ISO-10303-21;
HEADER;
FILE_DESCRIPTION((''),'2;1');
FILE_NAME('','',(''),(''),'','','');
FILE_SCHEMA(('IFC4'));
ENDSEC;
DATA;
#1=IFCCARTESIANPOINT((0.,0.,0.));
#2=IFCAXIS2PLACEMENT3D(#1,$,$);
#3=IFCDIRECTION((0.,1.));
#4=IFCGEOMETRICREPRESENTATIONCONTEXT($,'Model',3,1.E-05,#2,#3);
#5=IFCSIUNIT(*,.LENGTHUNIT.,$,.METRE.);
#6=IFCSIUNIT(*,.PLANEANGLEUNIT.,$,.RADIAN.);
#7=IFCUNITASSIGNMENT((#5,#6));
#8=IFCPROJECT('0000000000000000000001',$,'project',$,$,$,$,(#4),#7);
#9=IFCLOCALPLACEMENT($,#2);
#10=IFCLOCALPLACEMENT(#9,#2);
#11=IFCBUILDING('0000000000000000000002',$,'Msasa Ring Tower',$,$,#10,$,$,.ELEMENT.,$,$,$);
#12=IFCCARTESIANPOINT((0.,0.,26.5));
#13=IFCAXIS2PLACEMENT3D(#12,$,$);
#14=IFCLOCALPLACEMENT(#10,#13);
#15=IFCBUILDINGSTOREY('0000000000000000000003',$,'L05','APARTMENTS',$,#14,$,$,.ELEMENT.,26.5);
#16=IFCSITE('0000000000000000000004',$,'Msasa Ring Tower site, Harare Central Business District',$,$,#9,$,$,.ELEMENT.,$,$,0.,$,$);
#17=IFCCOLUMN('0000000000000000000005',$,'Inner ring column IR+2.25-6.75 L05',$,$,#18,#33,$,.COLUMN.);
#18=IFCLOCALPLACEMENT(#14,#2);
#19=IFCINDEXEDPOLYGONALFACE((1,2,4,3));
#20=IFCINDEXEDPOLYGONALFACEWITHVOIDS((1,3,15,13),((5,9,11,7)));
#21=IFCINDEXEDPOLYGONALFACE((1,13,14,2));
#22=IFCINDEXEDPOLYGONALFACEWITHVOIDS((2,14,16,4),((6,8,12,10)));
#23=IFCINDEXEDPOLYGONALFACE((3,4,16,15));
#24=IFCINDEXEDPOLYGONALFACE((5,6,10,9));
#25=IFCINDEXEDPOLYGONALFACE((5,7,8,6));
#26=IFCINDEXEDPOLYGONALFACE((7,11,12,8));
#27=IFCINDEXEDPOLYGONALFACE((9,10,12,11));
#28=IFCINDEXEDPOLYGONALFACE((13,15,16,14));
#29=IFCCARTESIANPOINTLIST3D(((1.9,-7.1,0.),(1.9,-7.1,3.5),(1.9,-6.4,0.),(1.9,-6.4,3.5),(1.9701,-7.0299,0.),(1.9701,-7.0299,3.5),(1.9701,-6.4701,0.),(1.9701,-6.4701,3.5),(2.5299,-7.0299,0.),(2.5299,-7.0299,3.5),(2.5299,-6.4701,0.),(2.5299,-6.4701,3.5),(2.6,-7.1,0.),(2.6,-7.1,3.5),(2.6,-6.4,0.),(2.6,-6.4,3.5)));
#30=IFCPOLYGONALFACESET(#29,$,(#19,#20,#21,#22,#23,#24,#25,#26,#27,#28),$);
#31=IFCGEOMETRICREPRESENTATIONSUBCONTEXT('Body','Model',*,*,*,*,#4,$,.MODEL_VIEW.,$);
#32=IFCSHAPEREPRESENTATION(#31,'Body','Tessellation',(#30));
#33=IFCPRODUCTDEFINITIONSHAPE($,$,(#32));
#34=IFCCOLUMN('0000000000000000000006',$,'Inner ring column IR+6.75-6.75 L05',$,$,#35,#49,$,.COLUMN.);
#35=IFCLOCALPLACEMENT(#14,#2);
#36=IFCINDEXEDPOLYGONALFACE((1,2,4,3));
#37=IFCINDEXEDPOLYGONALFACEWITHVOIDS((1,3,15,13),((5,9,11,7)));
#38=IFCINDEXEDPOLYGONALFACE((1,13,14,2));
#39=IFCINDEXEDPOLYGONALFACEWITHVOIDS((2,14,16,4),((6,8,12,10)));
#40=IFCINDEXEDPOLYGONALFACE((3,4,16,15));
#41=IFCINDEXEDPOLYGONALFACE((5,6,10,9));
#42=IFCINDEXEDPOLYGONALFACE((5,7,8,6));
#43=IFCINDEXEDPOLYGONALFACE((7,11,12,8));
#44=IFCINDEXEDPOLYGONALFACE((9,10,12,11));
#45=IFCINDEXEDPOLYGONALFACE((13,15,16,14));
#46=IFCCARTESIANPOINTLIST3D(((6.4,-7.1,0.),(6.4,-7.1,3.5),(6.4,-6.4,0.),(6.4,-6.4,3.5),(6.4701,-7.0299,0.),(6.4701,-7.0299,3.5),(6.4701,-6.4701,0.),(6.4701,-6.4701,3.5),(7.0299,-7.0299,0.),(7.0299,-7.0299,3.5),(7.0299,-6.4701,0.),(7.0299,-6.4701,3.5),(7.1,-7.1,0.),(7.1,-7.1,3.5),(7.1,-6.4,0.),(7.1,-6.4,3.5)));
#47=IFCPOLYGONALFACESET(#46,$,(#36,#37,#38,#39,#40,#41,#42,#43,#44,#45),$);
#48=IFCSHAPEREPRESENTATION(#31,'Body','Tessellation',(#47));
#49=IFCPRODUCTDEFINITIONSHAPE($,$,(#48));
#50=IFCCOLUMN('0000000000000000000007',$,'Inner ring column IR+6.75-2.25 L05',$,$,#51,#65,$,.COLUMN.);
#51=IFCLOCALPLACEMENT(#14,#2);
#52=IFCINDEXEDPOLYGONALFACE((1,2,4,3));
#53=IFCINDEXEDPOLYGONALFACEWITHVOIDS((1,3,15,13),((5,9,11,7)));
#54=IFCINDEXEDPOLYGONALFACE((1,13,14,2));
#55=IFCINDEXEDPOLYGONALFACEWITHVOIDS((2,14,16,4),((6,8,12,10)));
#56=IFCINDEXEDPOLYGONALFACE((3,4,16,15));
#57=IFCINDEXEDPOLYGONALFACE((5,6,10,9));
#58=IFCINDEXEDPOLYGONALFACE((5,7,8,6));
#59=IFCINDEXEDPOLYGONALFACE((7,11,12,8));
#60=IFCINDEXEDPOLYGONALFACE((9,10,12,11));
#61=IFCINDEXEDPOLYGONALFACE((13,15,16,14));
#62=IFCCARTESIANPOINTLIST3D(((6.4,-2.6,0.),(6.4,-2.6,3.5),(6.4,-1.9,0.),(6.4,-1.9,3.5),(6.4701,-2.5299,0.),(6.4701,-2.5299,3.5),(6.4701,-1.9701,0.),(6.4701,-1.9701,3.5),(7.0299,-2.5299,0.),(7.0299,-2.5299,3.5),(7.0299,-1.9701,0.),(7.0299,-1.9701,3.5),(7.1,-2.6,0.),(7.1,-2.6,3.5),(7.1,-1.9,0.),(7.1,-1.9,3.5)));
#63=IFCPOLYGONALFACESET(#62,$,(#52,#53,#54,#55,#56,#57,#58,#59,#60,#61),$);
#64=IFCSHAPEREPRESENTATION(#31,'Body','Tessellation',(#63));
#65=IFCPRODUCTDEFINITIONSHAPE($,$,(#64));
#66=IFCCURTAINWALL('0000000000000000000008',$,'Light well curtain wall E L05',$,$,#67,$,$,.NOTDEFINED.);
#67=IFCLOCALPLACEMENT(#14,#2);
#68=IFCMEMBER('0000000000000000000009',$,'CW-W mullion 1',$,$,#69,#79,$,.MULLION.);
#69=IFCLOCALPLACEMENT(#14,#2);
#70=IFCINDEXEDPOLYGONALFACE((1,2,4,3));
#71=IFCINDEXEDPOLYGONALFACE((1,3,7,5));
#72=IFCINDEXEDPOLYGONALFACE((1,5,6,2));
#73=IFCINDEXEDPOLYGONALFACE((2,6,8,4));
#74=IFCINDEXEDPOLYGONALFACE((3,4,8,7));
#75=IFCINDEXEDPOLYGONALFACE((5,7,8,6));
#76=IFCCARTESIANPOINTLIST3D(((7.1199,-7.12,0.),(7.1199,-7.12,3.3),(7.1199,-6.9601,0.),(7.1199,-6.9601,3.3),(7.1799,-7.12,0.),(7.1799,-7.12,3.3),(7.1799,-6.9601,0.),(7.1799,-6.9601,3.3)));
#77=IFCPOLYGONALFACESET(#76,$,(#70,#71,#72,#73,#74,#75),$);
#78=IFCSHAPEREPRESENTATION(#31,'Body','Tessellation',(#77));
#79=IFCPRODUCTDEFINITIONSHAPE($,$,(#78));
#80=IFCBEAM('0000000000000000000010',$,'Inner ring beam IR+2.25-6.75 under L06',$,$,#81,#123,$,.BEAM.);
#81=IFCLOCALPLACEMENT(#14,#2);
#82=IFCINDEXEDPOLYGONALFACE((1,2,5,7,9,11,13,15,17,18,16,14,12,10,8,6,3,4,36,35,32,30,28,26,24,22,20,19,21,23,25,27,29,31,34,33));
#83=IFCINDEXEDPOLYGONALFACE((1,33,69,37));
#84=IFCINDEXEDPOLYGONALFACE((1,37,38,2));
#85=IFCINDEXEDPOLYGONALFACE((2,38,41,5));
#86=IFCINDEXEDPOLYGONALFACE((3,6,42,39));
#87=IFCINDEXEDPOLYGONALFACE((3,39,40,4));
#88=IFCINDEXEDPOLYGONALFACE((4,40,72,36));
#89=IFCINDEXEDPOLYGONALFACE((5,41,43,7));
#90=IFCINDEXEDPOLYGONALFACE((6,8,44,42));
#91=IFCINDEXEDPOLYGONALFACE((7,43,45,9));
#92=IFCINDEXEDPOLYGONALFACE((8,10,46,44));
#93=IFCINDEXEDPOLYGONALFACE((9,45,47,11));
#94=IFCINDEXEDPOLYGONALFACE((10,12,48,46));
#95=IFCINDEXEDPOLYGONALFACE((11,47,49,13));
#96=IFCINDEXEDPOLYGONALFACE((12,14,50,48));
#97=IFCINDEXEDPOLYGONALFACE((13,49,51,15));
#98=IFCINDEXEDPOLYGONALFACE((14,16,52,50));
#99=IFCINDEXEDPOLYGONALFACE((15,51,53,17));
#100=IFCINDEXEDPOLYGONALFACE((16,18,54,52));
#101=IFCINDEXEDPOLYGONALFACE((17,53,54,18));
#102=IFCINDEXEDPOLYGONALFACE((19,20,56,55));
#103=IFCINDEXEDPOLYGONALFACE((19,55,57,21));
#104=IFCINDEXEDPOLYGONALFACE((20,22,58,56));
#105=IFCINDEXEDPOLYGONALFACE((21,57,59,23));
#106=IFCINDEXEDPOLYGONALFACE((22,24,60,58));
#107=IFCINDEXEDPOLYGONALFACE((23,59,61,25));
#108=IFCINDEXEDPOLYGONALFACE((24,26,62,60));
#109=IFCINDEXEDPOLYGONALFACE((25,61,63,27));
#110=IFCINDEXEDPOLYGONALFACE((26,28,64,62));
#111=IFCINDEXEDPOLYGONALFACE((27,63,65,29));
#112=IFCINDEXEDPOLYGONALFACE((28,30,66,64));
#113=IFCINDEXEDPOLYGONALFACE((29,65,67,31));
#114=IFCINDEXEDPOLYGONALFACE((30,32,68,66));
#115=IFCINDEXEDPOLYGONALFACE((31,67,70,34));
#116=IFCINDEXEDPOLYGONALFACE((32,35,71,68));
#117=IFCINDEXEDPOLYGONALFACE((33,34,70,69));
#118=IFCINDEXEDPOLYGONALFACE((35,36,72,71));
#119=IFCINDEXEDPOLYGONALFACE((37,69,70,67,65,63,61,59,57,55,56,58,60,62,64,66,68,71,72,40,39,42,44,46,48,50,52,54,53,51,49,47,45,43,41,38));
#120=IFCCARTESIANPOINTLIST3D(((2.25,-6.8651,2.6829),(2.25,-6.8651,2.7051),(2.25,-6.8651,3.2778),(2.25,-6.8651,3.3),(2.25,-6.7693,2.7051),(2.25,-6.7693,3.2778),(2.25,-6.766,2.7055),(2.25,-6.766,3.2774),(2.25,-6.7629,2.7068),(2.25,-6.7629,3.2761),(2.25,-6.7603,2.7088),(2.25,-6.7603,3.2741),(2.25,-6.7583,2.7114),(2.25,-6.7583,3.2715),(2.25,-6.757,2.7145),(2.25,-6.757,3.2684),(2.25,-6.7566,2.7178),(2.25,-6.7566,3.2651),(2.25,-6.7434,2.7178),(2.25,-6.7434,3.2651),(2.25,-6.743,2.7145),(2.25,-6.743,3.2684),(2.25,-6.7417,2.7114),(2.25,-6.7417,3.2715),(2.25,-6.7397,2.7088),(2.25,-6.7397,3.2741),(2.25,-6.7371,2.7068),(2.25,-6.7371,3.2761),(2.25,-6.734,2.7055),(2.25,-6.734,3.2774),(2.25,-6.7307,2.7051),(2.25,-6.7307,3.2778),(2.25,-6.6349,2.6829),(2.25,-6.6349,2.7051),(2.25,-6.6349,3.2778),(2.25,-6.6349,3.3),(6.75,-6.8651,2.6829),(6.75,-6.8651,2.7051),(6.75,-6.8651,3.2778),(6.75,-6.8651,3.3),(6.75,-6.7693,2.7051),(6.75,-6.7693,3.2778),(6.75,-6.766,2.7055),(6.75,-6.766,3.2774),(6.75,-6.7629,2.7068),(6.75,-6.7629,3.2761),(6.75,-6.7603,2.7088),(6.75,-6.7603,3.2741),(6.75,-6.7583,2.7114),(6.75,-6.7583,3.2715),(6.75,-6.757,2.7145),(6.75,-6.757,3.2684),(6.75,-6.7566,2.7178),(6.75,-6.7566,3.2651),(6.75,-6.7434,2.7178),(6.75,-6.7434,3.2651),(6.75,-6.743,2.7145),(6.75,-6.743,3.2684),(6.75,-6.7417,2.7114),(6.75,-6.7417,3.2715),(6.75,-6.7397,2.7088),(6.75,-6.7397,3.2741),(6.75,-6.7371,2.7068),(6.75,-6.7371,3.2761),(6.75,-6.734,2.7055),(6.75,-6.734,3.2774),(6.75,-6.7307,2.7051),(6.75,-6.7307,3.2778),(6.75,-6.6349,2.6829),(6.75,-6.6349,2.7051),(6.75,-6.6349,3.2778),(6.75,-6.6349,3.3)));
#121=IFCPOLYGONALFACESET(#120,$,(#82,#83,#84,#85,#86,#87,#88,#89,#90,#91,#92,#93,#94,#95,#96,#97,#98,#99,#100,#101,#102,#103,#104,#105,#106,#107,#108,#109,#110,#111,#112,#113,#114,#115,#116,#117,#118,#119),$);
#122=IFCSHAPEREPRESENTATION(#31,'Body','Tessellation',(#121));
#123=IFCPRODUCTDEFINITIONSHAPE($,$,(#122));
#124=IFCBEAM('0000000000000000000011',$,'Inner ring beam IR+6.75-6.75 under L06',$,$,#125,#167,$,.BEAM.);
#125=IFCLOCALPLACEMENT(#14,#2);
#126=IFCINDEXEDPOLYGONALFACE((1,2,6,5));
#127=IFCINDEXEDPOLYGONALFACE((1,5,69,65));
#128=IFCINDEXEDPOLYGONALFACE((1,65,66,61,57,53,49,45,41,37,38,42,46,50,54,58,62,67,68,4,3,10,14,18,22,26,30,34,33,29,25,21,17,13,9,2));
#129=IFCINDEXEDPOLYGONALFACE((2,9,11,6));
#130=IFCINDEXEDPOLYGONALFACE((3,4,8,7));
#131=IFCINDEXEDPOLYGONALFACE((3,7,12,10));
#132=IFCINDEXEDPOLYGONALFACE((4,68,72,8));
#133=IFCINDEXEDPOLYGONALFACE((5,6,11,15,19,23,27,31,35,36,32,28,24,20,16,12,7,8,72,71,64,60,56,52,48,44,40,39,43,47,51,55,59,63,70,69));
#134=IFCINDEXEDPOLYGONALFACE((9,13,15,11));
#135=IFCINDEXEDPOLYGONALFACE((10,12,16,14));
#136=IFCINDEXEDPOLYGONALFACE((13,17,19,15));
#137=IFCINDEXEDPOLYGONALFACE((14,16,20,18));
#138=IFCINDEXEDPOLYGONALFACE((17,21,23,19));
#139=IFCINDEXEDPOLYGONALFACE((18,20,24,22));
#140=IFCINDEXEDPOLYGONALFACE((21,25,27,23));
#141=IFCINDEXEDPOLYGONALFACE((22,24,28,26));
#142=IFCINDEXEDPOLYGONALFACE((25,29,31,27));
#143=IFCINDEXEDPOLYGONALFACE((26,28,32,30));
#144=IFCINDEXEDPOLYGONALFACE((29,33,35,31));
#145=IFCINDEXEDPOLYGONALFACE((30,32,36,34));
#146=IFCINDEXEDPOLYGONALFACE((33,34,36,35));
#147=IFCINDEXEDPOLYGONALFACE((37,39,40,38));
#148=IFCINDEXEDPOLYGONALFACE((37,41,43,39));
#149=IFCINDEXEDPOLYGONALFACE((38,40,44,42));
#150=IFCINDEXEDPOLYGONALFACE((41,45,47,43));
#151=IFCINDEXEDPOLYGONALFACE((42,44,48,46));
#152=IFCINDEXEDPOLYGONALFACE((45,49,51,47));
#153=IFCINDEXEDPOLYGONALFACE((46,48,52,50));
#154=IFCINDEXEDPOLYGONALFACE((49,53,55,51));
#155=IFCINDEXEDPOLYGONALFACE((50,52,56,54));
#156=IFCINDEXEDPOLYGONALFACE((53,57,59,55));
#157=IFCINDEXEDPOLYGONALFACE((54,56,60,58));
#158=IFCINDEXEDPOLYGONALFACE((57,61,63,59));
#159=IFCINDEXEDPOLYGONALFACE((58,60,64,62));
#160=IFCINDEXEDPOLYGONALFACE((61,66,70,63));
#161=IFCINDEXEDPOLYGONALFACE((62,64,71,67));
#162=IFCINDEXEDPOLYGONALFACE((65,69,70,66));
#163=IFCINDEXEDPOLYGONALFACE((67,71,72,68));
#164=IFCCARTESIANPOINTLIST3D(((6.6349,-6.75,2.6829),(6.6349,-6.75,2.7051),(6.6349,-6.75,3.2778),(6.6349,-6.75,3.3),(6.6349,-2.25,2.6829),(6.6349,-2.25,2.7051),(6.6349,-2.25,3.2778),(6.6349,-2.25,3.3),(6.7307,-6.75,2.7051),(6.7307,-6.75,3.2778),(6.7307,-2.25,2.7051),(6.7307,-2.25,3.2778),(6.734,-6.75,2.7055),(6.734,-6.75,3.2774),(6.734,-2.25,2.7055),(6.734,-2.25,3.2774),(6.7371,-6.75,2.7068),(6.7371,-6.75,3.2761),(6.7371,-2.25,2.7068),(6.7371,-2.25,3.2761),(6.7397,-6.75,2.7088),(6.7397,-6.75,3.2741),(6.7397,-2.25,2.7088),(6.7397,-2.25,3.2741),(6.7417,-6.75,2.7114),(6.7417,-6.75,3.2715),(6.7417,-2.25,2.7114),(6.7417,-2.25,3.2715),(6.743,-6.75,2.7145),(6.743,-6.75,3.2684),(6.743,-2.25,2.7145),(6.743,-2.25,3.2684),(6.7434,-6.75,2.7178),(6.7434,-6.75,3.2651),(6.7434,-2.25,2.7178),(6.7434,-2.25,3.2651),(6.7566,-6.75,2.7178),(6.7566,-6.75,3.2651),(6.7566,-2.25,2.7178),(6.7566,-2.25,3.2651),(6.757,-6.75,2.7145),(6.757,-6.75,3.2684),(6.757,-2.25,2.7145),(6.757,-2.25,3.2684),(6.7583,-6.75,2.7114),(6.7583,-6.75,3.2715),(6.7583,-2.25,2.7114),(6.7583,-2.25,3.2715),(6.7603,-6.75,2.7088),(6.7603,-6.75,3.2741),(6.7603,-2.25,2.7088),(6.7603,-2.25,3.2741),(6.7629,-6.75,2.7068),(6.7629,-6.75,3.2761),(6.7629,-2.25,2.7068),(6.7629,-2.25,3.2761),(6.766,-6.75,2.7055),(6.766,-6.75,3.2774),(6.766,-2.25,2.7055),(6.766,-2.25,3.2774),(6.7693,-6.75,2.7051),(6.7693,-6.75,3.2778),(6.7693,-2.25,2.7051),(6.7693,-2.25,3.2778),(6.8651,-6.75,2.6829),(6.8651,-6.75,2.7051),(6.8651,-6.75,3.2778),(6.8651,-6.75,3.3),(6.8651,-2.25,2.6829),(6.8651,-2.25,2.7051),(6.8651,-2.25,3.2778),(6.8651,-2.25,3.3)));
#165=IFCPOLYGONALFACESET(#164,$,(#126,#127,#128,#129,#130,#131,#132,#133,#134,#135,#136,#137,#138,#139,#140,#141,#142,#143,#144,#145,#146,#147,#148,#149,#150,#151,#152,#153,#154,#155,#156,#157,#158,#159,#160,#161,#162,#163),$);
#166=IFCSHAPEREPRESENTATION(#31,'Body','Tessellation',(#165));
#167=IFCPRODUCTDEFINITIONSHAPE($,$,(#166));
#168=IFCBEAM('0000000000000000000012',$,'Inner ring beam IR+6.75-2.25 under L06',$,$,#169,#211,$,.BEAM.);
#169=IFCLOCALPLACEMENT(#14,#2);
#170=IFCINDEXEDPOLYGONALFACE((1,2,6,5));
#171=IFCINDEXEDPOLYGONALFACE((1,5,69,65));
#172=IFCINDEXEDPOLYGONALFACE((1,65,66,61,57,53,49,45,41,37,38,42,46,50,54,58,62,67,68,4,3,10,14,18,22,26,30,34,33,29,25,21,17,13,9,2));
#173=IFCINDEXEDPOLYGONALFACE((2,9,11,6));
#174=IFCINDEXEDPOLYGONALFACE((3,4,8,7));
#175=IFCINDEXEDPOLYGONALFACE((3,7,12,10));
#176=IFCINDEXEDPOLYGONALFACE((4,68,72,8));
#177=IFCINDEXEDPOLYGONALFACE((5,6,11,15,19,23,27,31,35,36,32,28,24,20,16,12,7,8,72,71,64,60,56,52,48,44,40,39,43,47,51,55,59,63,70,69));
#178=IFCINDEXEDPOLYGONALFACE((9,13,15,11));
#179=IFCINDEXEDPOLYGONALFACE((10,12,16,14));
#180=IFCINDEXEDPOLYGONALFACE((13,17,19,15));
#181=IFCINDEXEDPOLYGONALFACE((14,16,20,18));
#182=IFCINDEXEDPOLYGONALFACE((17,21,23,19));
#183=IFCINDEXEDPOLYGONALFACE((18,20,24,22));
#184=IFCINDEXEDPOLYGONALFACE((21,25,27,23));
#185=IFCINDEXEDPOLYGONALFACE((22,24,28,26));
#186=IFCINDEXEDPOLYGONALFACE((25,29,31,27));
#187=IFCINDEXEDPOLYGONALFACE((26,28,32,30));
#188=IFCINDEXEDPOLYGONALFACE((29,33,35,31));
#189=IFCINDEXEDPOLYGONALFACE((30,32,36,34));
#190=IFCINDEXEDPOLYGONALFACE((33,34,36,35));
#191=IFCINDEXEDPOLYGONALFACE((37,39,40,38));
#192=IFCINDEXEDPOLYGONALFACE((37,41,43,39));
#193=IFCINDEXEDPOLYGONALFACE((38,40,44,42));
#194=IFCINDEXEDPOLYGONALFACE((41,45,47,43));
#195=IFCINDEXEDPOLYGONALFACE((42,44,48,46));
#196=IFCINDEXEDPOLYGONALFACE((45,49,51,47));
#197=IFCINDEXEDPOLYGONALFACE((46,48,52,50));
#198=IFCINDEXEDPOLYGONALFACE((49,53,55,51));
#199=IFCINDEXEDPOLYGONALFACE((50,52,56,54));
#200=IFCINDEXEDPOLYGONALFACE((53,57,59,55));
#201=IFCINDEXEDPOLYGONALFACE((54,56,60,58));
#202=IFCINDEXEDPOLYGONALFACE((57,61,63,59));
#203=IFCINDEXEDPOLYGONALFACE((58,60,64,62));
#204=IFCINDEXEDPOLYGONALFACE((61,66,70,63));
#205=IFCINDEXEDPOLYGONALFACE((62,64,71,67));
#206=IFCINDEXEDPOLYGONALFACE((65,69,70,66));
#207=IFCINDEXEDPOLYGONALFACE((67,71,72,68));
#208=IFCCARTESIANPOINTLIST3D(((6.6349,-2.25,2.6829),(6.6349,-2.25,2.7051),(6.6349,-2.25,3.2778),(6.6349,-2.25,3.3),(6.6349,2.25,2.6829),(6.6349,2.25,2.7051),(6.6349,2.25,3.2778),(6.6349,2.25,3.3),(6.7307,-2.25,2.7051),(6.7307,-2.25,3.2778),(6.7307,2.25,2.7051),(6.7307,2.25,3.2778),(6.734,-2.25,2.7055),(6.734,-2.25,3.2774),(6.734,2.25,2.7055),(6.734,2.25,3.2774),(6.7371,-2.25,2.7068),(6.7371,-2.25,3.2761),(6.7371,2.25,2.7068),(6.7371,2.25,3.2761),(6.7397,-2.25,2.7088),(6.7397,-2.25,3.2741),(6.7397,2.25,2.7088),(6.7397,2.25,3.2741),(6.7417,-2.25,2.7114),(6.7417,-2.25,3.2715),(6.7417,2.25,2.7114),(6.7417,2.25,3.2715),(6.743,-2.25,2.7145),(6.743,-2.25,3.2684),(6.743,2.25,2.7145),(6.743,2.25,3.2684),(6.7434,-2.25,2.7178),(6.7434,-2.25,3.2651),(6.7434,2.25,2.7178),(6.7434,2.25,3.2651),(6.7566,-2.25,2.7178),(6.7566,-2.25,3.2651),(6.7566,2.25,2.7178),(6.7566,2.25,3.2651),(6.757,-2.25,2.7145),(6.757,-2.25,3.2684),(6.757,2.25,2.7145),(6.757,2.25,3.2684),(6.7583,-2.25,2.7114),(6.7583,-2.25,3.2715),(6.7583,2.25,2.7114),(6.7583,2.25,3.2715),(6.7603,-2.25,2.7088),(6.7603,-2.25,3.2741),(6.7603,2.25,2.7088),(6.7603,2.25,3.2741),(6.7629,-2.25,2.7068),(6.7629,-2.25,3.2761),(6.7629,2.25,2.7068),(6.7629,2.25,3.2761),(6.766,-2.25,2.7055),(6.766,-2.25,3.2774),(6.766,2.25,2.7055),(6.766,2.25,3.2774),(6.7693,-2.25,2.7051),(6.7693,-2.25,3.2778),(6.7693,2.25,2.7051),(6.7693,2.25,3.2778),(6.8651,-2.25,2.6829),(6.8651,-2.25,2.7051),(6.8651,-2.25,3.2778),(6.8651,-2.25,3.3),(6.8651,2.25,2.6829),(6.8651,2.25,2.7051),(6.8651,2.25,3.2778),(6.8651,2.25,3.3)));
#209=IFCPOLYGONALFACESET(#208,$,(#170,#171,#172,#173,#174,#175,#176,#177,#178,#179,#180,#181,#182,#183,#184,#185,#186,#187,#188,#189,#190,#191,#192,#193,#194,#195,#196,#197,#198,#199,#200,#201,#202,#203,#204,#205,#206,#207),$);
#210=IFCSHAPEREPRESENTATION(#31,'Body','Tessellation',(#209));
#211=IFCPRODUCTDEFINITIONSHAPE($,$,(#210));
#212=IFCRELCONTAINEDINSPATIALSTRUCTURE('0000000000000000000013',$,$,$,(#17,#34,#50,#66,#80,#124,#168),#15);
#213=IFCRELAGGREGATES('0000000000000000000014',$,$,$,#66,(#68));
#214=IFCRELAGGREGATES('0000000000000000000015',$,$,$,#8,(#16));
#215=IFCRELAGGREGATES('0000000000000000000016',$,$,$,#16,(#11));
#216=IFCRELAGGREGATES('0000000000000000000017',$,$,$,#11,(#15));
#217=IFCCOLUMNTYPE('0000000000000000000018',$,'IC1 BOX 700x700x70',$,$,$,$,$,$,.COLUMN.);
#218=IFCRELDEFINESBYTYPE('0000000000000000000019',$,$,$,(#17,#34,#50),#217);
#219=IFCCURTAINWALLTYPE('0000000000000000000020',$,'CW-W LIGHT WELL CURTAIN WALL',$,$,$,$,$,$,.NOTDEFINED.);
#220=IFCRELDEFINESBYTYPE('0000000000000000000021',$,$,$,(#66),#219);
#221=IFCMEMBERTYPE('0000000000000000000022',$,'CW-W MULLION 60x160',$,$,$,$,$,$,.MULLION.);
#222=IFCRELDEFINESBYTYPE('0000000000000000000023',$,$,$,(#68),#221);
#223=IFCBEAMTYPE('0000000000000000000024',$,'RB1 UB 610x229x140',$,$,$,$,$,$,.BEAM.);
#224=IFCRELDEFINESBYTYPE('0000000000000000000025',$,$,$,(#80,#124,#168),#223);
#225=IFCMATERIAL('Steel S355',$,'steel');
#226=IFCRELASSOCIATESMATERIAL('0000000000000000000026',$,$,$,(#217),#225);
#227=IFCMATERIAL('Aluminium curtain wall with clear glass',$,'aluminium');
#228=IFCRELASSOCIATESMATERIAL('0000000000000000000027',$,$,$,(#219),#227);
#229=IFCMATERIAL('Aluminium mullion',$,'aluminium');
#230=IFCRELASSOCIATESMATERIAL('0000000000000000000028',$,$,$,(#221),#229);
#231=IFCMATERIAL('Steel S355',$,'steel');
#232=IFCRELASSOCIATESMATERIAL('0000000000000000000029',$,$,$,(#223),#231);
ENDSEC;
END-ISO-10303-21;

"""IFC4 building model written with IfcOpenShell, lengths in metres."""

from ifc_helpers import new_model, si_unit, direction, frame, origin, origin_2d, place, context, subcontext, project, spatial, rectangle, hollow_rectangle, i_section, extrude, material, material_profile, profile_set, type_object, element, aggregate, save


model = new_model("IFC4")

# Units and contexts
model_context = context("Model", 3, precision=1e-05, world=origin(), true_north=direction((0.0, 1.0)))
body_context = subcontext(model_context, "Body", "Model", "MODEL_VIEW")
ifc_project = project(units=[si_unit("LENGTHUNIT", "METRE"), si_unit("PLANEANGLEUNIT", "RADIAN")], contexts=[model_context])

# Site, building, storey
site_placement = place(None, origin())
site = spatial("IfcSite", under=ifc_project, at=site_placement, Name="Msasa Ring Tower site, Harare Central Business District", CompositionType="ELEMENT", RefElevation=0.0)
building_placement = place(site_placement, origin())
building = spatial("IfcBuilding", under=site, at=building_placement, Name="Msasa Ring Tower", CompositionType="ELEMENT")
storey_placement = place(building_placement, frame((0.0, 0.0, 26.5)))
storey = spatial("IfcBuildingStorey", under=building, at=storey_placement, Name="L05", Description="APARTMENTS", CompositionType="ELEMENT", Elevation=26.5)

# Columns
ifc_material_1 = material(Name="Steel S355", Category="steel")
ifc_material_profile_1 = material_profile(ifc_material_1, hollow_rectangle(XDim=0.7, YDim=0.7, WallThickness=0.0701, at=origin_2d()), Name="BOX 700x700x70")
ifc_profile_set_1 = profile_set([ifc_material_profile_1], Name="Steel S355")
column_type = type_object("IfcColumnType", Name="IC1 BOX 700x700x70", PredefinedType="COLUMN", material=ifc_profile_set_1)
for number, where, z_axis, x_axis, name in (
    (1, (2.25, -6.75, 0.0), (0.0, 0.0, 1.0), (1.0, 0.0, 0.0), "Inner ring column IR+2.25-6.75 L05"),
    (2, (6.75, -6.75, 0.0), (0.0, 0.0, 1.0), (1.0, 0.0, 0.0), "Inner ring column IR+6.75-6.75 L05"),
    (3, (6.75, -2.25, 0.0), (0.0, 0.0, 1.0), (1.0, 0.0, 0.0), "Inner ring column IR+6.75-2.25 L05"),
):
    element("IfcColumn", number, at=place(storey_placement, frame(where, z_axis=z_axis, x_axis=x_axis)), inside=storey, type_object=column_type, Name=name, PredefinedType="COLUMN", context=body_context, shape_type="SweptSolid", body=[
        extrude(hollow_rectangle(XDim=0.7, YDim=0.7, WallThickness=0.0701, at=origin_2d()), origin(), (0.0, 0.0, 1.0), 3.5),
    ])

# Curtain wall, member
ifc_material_2 = material(Name="Aluminium curtain wall with clear glass", Category="aluminium")
curtain_wall_type = type_object("IfcCurtainWallType", Name="CW-W LIGHT WELL CURTAIN WALL", PredefinedType="NOTDEFINED", material=ifc_material_2)
curtain_wall_placement = place(storey_placement, origin())
curtain_wall = element("IfcCurtainWall", 4, at=curtain_wall_placement, inside=storey, type_object=curtain_wall_type, Name="Light well curtain wall E L05", PredefinedType="NOTDEFINED")
ifc_material_3 = material(Name="Aluminium mullion", Category="aluminium")
ifc_material_profile_2 = material_profile(ifc_material_3, rectangle(XDim=0.0601, YDim=0.1599, at=origin_2d()), Name="AL 60x160")
ifc_profile_set_2 = profile_set([ifc_material_profile_2], Name="Aluminium mullion")
member_type = type_object("IfcMemberType", Name="CW-W MULLION 60x160", PredefinedType="MULLION", material=ifc_profile_set_2)
member_placement = place(storey_placement, frame((7.1499, -7.04, 0.0), z_axis=(0.0, 0.0, 1.0), x_axis=(-1.0, 0.0, 0.0)))
member = element("IfcMember", 5, at=member_placement, type_object=member_type, Name="CW-W mullion 1", PredefinedType="MULLION", context=body_context, shape_type="SweptSolid", body=[
    extrude(rectangle(XDim=0.0601, YDim=0.1599, at=origin_2d()), origin(), (0.0, 0.0, 1.0), 3.3),
])
aggregate(curtain_wall, [member])

# Beams
ifc_material_4 = material(Name="Steel S355", Category="steel")
ifc_material_profile_3 = material_profile(ifc_material_4, i_section(OverallWidth=0.2302, OverallDepth=0.6172, WebThickness=0.0132, FlangeThickness=0.0222, FilletRadius=0.0127, at=origin_2d()), Name="UB 610x229x140")
ifc_profile_set_3 = profile_set([ifc_material_profile_3], Name="Steel S355")
beam_type = type_object("IfcBeamType", Name="RB1 UB 610x229x140", PredefinedType="BEAM", material=ifc_profile_set_3)
for number, where, z_axis, x_axis, name in (
    (6, (2.25, -6.75, 2.9915), (1.0, 0.0, 0.0), (0.0, 1.0, 0.0), "Inner ring beam IR+2.25-6.75 under L06"),
    (7, (6.75, -6.75, 2.9915), (0.0, 1.0, 0.0), (-1.0, 0.0, 0.0), "Inner ring beam IR+6.75-6.75 under L06"),
    (8, (6.75, -2.25, 2.9915), (0.0, 1.0, 0.0), (-1.0, 0.0, 0.0), "Inner ring beam IR+6.75-2.25 under L06"),
):
    element("IfcBeam", number, at=place(storey_placement, frame(where, z_axis=z_axis, x_axis=x_axis)), inside=storey, type_object=beam_type, Name=name, PredefinedType="BEAM", context=body_context, shape_type="SweptSolid", body=[
        extrude(i_section(OverallWidth=0.2302, OverallDepth=0.6172, WebThickness=0.0132, FlangeThickness=0.0222, FilletRadius=0.0127, at=origin_2d()), origin(), (0.0, 0.0, 1.0), 4.5),
    ])

save(model, "model.ifc")
